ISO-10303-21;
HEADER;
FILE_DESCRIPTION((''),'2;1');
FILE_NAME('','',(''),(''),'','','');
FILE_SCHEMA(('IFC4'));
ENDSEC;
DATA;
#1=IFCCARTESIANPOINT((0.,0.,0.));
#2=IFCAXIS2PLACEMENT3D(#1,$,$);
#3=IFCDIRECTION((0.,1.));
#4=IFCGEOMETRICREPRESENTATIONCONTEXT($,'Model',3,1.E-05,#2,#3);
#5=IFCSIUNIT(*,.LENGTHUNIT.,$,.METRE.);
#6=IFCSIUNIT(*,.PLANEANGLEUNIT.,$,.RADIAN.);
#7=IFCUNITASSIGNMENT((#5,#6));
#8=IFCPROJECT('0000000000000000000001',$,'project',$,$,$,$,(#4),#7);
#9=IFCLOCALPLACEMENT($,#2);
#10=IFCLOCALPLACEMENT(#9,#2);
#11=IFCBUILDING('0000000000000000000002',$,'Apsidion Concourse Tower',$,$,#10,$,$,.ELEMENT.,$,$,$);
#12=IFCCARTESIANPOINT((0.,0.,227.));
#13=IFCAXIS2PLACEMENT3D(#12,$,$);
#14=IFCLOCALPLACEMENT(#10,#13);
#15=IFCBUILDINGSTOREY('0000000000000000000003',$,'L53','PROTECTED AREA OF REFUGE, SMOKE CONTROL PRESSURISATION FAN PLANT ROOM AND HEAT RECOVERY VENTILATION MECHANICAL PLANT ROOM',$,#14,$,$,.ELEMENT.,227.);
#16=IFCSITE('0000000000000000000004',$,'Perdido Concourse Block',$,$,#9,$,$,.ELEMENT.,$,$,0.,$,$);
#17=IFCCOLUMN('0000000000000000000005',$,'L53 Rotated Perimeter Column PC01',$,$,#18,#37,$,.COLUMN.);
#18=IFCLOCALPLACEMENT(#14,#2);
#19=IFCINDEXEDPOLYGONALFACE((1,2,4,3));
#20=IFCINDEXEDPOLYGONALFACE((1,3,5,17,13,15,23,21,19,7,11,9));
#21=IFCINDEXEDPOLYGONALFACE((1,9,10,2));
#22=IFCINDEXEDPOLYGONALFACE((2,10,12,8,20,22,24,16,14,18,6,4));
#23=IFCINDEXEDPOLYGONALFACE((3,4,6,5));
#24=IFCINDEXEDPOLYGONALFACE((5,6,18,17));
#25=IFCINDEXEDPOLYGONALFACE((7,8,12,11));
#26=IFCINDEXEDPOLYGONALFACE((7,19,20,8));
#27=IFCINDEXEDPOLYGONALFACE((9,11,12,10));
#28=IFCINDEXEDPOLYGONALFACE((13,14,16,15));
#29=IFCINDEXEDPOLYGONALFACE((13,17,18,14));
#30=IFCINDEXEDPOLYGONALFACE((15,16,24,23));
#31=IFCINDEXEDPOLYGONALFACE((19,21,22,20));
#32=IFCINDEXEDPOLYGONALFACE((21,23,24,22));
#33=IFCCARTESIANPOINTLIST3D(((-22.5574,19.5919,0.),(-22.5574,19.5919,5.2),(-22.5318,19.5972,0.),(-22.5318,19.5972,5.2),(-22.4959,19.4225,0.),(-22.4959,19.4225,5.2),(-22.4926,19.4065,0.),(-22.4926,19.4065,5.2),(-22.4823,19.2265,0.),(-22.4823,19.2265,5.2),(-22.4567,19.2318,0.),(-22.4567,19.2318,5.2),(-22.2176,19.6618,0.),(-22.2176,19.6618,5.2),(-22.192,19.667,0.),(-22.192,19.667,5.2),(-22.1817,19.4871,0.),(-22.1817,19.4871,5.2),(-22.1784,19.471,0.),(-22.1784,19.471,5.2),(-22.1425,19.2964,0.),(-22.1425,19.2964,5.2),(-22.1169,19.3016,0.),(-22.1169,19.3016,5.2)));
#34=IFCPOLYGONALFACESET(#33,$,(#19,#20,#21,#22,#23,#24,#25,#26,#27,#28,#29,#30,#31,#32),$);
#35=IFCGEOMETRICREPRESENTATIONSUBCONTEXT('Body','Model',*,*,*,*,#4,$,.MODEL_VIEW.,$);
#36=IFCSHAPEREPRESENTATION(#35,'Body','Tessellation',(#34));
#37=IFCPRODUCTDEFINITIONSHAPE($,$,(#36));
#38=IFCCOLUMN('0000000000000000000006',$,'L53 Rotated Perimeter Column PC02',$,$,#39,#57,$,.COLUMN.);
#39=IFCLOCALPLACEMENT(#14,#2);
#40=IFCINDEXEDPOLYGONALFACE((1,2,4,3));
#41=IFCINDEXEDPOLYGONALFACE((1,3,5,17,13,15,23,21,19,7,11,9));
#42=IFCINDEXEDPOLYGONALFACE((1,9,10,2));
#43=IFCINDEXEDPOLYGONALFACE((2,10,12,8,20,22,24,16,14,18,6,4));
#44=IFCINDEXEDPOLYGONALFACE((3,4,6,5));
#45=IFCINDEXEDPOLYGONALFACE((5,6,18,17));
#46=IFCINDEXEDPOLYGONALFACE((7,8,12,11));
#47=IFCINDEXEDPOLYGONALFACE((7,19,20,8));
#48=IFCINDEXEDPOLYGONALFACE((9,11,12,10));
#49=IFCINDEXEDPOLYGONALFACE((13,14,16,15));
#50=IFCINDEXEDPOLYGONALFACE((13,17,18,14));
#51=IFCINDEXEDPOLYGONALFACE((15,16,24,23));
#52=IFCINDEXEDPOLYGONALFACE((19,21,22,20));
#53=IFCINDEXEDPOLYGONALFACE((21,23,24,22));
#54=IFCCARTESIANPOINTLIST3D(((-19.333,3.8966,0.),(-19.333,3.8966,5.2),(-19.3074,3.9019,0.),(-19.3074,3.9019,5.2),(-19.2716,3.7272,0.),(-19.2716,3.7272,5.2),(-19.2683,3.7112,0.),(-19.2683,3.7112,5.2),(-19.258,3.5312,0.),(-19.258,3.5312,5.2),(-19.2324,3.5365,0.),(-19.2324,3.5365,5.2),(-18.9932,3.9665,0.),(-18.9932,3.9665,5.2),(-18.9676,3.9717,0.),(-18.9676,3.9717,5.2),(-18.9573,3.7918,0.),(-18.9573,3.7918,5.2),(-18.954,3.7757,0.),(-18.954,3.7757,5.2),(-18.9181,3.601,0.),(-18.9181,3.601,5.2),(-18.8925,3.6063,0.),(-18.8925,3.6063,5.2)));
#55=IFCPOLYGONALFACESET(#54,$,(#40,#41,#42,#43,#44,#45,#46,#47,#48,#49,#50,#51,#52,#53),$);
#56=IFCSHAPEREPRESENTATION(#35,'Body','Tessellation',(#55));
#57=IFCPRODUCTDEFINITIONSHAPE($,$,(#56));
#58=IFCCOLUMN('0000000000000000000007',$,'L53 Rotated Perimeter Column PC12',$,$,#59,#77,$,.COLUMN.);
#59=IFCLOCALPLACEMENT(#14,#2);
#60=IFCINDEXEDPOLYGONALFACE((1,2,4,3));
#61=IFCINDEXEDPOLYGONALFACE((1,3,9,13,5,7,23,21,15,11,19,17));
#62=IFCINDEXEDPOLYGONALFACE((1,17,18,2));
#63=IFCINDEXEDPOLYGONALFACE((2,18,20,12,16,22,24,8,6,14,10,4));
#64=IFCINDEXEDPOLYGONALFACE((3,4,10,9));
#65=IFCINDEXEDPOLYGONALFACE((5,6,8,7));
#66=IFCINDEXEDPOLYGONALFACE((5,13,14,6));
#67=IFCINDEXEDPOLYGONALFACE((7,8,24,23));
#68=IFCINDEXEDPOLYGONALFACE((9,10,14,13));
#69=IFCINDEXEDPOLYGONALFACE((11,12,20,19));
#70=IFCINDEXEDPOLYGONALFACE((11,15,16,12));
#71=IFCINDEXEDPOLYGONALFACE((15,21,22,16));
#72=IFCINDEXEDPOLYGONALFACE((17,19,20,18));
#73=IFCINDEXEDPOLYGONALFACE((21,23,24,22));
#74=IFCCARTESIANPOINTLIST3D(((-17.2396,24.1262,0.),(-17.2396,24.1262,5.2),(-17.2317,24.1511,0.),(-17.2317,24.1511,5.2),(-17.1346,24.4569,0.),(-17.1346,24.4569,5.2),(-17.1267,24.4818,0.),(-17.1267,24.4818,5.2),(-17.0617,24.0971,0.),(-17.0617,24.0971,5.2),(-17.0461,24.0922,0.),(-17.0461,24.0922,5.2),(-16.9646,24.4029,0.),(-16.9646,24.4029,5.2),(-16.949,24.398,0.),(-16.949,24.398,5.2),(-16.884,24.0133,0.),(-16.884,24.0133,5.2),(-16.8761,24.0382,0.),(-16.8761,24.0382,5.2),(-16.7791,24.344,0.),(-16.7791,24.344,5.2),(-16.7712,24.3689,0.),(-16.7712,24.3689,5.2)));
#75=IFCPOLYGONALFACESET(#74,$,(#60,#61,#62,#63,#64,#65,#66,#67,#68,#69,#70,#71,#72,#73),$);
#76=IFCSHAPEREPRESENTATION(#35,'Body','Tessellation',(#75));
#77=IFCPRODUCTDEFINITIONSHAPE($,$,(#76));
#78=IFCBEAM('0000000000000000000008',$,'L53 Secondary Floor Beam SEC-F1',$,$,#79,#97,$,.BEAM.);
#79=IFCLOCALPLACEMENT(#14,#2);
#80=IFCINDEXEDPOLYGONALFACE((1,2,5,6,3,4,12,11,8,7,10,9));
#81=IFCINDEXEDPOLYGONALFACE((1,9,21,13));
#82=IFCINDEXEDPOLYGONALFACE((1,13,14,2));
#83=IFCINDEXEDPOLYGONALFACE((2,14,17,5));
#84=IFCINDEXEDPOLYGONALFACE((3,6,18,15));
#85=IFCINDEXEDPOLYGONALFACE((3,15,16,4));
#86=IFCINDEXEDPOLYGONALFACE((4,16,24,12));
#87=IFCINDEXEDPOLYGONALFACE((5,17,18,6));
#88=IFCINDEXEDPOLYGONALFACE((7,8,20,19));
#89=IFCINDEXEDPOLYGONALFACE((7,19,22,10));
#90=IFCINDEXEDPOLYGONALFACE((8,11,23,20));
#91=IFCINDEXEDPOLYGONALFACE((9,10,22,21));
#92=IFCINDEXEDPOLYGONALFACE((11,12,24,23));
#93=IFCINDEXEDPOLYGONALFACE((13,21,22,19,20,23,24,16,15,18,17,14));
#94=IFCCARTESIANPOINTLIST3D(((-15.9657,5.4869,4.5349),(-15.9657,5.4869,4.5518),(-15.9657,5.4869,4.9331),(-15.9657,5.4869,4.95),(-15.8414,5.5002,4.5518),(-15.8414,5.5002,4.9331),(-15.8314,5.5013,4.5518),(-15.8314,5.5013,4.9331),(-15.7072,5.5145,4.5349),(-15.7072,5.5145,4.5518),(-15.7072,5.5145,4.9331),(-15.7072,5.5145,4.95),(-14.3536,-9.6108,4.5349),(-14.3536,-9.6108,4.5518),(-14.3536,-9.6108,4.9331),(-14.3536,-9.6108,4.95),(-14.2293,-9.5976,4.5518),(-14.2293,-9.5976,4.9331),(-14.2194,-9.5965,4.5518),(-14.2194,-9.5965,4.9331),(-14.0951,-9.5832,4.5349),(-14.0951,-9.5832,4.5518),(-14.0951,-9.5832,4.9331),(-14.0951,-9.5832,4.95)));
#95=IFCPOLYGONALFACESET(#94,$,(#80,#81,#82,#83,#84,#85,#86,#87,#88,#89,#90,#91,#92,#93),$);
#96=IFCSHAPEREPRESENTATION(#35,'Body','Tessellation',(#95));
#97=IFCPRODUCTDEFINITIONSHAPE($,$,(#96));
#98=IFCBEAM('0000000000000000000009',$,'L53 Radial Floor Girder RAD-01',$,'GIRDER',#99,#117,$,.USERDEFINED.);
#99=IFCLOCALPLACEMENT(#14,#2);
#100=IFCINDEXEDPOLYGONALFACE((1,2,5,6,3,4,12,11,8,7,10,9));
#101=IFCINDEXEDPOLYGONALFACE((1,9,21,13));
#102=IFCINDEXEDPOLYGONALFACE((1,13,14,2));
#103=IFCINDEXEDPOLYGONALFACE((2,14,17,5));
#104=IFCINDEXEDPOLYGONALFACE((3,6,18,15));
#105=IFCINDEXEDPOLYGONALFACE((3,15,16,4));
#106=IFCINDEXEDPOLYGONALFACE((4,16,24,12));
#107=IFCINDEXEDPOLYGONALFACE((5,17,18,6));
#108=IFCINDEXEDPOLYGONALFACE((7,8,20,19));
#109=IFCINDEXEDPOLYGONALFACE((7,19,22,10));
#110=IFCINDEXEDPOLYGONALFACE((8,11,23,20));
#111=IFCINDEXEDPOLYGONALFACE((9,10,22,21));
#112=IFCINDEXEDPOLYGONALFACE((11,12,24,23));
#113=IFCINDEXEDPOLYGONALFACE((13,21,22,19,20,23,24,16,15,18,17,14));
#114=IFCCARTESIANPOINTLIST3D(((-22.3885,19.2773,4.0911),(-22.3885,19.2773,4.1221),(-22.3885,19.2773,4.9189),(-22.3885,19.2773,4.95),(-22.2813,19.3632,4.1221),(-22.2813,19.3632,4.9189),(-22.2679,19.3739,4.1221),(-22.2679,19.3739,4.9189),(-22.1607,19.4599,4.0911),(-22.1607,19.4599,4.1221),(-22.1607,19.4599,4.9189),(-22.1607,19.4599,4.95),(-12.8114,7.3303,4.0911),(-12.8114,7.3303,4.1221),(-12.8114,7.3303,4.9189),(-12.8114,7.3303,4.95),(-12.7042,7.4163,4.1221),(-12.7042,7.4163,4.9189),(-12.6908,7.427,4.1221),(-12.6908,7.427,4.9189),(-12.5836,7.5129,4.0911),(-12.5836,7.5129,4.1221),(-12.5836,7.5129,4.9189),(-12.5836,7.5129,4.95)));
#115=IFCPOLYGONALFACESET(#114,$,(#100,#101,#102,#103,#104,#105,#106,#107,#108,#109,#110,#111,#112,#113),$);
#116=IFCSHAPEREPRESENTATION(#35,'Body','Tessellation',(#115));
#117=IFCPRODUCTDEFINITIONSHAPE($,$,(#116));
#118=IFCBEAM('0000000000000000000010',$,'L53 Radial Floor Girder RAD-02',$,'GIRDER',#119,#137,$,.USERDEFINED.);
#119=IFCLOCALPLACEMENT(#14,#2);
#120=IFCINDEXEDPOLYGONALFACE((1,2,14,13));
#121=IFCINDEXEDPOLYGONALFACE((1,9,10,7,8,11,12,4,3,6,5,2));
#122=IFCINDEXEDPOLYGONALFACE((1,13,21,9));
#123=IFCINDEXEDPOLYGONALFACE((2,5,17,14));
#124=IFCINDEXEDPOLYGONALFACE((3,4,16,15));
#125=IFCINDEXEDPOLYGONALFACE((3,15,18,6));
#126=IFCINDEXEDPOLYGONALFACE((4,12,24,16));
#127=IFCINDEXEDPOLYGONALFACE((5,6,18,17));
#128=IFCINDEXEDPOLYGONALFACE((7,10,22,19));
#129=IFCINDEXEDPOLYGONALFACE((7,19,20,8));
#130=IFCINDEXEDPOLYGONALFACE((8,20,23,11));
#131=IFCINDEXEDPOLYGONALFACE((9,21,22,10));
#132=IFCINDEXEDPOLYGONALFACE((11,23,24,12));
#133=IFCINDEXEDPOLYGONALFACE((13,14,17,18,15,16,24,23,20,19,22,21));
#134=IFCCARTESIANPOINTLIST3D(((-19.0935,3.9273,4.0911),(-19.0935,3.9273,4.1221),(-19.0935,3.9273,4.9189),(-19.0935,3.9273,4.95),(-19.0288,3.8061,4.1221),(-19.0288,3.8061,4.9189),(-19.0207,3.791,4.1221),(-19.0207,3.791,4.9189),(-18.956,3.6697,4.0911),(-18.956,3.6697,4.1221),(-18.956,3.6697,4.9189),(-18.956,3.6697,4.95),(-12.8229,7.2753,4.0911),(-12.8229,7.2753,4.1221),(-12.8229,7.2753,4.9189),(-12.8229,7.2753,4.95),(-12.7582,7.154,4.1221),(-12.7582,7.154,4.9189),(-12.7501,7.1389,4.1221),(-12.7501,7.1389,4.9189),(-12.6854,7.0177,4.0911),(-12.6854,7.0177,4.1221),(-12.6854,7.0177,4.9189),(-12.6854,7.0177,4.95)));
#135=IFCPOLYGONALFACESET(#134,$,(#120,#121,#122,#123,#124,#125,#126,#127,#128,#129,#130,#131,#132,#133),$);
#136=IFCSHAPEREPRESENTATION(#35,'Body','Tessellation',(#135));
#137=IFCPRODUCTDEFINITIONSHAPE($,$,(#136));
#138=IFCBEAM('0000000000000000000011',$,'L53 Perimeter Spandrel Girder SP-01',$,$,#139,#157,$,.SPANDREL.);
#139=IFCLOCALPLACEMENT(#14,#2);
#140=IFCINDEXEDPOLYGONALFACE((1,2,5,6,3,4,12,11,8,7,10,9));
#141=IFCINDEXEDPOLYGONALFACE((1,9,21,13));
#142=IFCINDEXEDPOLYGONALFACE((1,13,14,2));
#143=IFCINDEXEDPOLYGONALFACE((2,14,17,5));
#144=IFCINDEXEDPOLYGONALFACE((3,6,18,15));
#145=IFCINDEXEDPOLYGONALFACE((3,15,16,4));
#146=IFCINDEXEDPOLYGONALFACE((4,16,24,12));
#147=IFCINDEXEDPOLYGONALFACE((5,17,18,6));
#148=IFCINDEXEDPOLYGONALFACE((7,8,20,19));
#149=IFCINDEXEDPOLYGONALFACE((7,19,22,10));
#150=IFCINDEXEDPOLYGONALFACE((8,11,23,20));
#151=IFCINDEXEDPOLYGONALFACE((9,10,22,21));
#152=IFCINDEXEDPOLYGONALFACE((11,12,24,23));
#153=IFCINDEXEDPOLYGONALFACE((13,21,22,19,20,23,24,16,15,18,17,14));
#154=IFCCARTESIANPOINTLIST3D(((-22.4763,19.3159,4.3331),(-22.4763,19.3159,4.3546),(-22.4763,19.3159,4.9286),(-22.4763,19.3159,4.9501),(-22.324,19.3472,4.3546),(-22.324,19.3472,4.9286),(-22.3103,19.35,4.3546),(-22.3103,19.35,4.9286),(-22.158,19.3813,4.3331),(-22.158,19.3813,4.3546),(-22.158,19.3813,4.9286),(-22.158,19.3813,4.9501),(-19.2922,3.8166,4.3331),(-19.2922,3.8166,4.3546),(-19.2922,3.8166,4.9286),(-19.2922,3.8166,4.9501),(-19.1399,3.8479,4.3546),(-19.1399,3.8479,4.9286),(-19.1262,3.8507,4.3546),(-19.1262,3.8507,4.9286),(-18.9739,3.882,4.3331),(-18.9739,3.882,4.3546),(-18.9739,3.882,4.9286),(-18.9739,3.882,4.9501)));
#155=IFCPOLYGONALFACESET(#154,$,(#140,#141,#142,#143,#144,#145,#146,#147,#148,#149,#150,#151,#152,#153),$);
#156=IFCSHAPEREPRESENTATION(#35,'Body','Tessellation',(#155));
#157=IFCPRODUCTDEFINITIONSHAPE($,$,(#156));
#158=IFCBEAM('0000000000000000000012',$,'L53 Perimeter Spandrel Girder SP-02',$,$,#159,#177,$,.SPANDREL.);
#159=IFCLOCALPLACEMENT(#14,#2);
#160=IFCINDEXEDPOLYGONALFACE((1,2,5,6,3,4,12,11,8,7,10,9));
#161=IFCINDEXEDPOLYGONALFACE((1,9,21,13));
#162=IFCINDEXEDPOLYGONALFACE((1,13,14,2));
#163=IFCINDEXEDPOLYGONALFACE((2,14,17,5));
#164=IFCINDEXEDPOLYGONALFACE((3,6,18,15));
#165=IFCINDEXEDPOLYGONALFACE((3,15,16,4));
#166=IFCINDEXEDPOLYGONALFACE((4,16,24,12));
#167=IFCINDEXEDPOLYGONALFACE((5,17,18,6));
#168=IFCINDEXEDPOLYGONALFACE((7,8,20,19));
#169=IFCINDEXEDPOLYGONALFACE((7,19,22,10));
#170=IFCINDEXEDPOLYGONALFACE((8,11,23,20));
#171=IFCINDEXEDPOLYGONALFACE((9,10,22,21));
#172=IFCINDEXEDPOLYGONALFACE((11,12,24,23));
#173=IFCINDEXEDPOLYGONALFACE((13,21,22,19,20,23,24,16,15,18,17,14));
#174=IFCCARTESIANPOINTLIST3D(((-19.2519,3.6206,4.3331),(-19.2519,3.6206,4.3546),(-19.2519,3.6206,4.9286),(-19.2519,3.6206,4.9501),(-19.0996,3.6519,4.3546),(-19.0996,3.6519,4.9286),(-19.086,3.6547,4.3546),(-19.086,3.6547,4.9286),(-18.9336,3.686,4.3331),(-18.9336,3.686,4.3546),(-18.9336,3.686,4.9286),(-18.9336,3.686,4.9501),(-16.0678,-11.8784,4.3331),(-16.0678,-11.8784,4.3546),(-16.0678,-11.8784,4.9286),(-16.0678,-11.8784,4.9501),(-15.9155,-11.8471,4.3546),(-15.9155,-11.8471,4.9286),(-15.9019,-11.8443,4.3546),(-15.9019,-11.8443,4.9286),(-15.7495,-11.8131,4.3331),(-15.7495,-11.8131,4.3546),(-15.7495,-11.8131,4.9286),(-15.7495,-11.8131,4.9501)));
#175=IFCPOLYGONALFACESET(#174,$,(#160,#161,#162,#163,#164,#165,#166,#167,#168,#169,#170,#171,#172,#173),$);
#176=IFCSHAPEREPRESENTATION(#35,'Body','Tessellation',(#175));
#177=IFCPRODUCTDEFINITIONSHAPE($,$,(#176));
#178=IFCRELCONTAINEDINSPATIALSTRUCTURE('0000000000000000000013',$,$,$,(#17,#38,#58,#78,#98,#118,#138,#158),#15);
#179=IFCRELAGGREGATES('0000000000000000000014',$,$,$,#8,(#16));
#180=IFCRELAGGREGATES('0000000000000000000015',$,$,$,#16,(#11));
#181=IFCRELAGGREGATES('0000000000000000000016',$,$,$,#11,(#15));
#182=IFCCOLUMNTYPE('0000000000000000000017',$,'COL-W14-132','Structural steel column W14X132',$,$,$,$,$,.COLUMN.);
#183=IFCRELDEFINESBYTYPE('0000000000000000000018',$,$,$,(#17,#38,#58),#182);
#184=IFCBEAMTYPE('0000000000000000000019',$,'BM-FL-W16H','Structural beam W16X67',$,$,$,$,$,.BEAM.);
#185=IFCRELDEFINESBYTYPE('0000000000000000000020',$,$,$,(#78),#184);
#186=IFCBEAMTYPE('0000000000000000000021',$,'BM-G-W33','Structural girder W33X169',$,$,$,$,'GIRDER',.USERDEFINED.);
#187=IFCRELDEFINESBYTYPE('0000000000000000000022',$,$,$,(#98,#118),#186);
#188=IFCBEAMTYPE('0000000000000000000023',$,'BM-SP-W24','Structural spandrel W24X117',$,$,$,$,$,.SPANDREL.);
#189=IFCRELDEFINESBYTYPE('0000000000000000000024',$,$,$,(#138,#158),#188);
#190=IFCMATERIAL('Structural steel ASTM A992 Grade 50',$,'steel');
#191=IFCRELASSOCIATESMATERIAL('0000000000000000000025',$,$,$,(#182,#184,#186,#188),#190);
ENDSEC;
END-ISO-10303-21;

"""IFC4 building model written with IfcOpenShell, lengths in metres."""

from ifc_helpers import new_model, si_unit, direction, frame, origin, origin_2d, place, context, subcontext, project, spatial, i_section, extrude, material, material_profile, profile_set, type_object, element, save


model = new_model("IFC4")

# Units and contexts
model_context = context("Model", 3, precision=1e-05, world=origin(), true_north=direction((0.0, 1.0)))
body_context = subcontext(model_context, "Body", "Model", "MODEL_VIEW")
ifc_project = project(units=[si_unit("LENGTHUNIT", "METRE"), si_unit("PLANEANGLEUNIT", "RADIAN")], contexts=[model_context])

# Site, building, storey
site_placement = place(None, origin())
site = spatial("IfcSite", under=ifc_project, at=site_placement, Name="Perdido Concourse Block", CompositionType="ELEMENT", RefElevation=0.0)
building_placement = place(site_placement, origin())
building = spatial("IfcBuilding", under=site, at=building_placement, Name="Apsidion Concourse Tower", CompositionType="ELEMENT")
storey_placement = place(building_placement, frame((0.0, 0.0, 227.0)))
storey = spatial("IfcBuildingStorey", under=building, at=storey_placement, Name="L53", Description="PROTECTED AREA OF REFUGE, SMOKE CONTROL PRESSURISATION FAN PLANT ROOM AND HEAT RECOVERY VENTILATION MECHANICAL PLANT ROOM", CompositionType="ELEMENT", Elevation=227.0)

# Columns
ifc_material_1 = material(Name="Structural steel ASTM A992 Grade 50", Category="steel")
ifc_material_profile_1 = material_profile(ifc_material_1, i_section(OverallWidth=0.373, OverallDepth=0.373, WebThickness=0.0164, FlangeThickness=0.0261, at=origin_2d()), Name="W14X132")
ifc_profile_set_1 = profile_set([ifc_material_profile_1], Name="Structural steel ASTM A992 Grade 50")
column_type = type_object("IfcColumnType", Name="COL-W14-132", Description="Structural steel column W14X132", PredefinedType="COLUMN", material=ifc_profile_set_1)
for number, where, z_axis, x_axis, name in (
    (1, (-22.3372, 19.4468, 0.0), (0.0, 0.0, 1.0), (-0.201249, 0.97954, 0.0), "L53 Rotated Perimeter Column PC01"),
    (2, (-19.1128, 3.7515, 0.0), (0.0, 0.0, 1.0), (-0.201249, 0.97954, 0.0), "L53 Rotated Perimeter Column PC02"),
    (3, (-17.0054, 24.2476, 0.0), (0.0, 0.0, 1.0), (-0.953138, 0.302536, 0.0), "L53 Rotated Perimeter Column PC12"),
):
    element("IfcColumn", number, at=place(storey_placement, frame(where, z_axis=z_axis, x_axis=x_axis)), inside=storey, type_object=column_type, Name=name, PredefinedType="COLUMN", context=body_context, shape_type="SweptSolid", body=[
        extrude(i_section(OverallWidth=0.373, OverallDepth=0.373, WebThickness=0.0164, FlangeThickness=0.0261, at=origin_2d()), origin(), (0.0, 0.0, 1.0), 5.2),
    ])

# Beams
ifc_material_profile_2 = material_profile(ifc_material_1, i_section(OverallWidth=0.26, OverallDepth=0.415, WebThickness=0.01, FlangeThickness=0.0168, at=origin_2d()), Name="W16X67")
ifc_profile_set_2 = profile_set([ifc_material_profile_2], Name="Structural steel ASTM A992 Grade 50")
beam_type_1 = type_object("IfcBeamType", Name="BM-FL-W16H", Description="Structural beam W16X67", PredefinedType="BEAM", material=ifc_profile_set_2)
beam_1_placement = place(storey_placement, frame((-15.8364, 5.5007, 4.7424), z_axis=(0.106172, -0.994348, 0.0), x_axis=(0.994348, 0.106172, 0.0)))
element("IfcBeam", 4, at=beam_1_placement, inside=storey, type_object=beam_type_1, Name="L53 Secondary Floor Beam SEC-F1", PredefinedType="BEAM", context=body_context, shape_type="SweptSolid", body=[
    extrude(i_section(OverallWidth=0.26, OverallDepth=0.415, WebThickness=0.01, FlangeThickness=0.0168, at=origin_2d()), origin(), (0.0, 0.0, 1.0), 15.1836),
])
ifc_material_profile_3 = material_profile(ifc_material_1, i_section(OverallWidth=0.292, OverallDepth=0.8589, WebThickness=0.0171, FlangeThickness=0.031, at=origin_2d()), Name="W33X169")
ifc_profile_set_3 = profile_set([ifc_material_profile_3], Name="Structural steel ASTM A992 Grade 50")
beam_type_2 = type_object("IfcBeamType", Name="BM-G-W33", Description="Structural girder W33X169", ElementType="GIRDER", PredefinedType="USERDEFINED", material=ifc_profile_set_3)
beam_2_placement = place(storey_placement, frame((-12.6975, 7.4216, 4.5205), z_axis=(-0.625473, 0.780246, 0.0), x_axis=(-0.780246, -0.625473, 0.0)))
element("IfcBeam", 5, at=beam_2_placement, inside=storey, type_object=beam_type_2, Name="L53 Radial Floor Girder RAD-01", ObjectType="GIRDER", PredefinedType="USERDEFINED", context=body_context, shape_type="SweptSolid", body=[
    extrude(i_section(OverallWidth=0.292, OverallDepth=0.8589, WebThickness=0.0171, FlangeThickness=0.031, at=origin_2d()), origin(), (0.0, 0.0, 1.0), 15.3118),
])
beam_3_placement = place(storey_placement, frame((-12.7542, 7.1465, 4.5205), z_axis=(-0.882141, -0.470986, 0.0), x_axis=(0.470986, -0.882141, 0.0)))
element("IfcBeam", 6, at=beam_3_placement, inside=storey, type_object=beam_type_2, Name="L53 Radial Floor Girder RAD-02", ObjectType="GIRDER", PredefinedType="USERDEFINED", context=body_context, shape_type="SweptSolid", body=[
    extrude(i_section(OverallWidth=0.292, OverallDepth=0.8589, WebThickness=0.0171, FlangeThickness=0.031, at=origin_2d()), origin(), (0.0, 0.0, 1.0), 7.1084),
])
ifc_material_profile_4 = material_profile(ifc_material_1, i_section(OverallWidth=0.325, OverallDepth=0.6169, WebThickness=0.0139, FlangeThickness=0.0215, at=origin_2d()), Name="W24X117")
ifc_profile_set_4 = profile_set([ifc_material_profile_4], Name="Structural steel ASTM A992 Grade 50")
beam_type_3 = type_object("IfcBeamType", Name="BM-SP-W24", Description="Structural spandrel W24X117", PredefinedType="SPANDREL", material=ifc_profile_set_4)
beam_4_placement = place(storey_placement, frame((-22.3171, 19.3486, 4.6416), z_axis=(0.201232, -0.979544, 0.0), x_axis=(0.979544, 0.201232, 0.0)))
element("IfcBeam", 7, at=beam_4_placement, inside=storey, type_object=beam_type_3, Name="L53 Perimeter Spandrel Girder SP-01", PredefinedType="SPANDREL", context=body_context, shape_type="SweptSolid", body=[
    extrude(i_section(OverallWidth=0.325, OverallDepth=0.6169, WebThickness=0.0139, FlangeThickness=0.0215, at=origin_2d()), origin(), (0.0, 0.0, 1.0), 15.823),
])
beam_5_placement = place(storey_placement, frame((-19.0928, 3.6533, 4.6416), z_axis=(0.201235, -0.979543, 0.0), x_axis=(0.979543, 0.201235, 0.0)))
element("IfcBeam", 8, at=beam_5_placement, inside=storey, type_object=beam_type_3, Name="L53 Perimeter Spandrel Girder SP-02", PredefinedType="SPANDREL", context=body_context, shape_type="SweptSolid", body=[
    extrude(i_section(OverallWidth=0.325, OverallDepth=0.6169, WebThickness=0.0139, FlangeThickness=0.0215, at=origin_2d()), origin(), (0.0, 0.0, 1.0), 15.8228),
])

save(model, "model.ifc")
